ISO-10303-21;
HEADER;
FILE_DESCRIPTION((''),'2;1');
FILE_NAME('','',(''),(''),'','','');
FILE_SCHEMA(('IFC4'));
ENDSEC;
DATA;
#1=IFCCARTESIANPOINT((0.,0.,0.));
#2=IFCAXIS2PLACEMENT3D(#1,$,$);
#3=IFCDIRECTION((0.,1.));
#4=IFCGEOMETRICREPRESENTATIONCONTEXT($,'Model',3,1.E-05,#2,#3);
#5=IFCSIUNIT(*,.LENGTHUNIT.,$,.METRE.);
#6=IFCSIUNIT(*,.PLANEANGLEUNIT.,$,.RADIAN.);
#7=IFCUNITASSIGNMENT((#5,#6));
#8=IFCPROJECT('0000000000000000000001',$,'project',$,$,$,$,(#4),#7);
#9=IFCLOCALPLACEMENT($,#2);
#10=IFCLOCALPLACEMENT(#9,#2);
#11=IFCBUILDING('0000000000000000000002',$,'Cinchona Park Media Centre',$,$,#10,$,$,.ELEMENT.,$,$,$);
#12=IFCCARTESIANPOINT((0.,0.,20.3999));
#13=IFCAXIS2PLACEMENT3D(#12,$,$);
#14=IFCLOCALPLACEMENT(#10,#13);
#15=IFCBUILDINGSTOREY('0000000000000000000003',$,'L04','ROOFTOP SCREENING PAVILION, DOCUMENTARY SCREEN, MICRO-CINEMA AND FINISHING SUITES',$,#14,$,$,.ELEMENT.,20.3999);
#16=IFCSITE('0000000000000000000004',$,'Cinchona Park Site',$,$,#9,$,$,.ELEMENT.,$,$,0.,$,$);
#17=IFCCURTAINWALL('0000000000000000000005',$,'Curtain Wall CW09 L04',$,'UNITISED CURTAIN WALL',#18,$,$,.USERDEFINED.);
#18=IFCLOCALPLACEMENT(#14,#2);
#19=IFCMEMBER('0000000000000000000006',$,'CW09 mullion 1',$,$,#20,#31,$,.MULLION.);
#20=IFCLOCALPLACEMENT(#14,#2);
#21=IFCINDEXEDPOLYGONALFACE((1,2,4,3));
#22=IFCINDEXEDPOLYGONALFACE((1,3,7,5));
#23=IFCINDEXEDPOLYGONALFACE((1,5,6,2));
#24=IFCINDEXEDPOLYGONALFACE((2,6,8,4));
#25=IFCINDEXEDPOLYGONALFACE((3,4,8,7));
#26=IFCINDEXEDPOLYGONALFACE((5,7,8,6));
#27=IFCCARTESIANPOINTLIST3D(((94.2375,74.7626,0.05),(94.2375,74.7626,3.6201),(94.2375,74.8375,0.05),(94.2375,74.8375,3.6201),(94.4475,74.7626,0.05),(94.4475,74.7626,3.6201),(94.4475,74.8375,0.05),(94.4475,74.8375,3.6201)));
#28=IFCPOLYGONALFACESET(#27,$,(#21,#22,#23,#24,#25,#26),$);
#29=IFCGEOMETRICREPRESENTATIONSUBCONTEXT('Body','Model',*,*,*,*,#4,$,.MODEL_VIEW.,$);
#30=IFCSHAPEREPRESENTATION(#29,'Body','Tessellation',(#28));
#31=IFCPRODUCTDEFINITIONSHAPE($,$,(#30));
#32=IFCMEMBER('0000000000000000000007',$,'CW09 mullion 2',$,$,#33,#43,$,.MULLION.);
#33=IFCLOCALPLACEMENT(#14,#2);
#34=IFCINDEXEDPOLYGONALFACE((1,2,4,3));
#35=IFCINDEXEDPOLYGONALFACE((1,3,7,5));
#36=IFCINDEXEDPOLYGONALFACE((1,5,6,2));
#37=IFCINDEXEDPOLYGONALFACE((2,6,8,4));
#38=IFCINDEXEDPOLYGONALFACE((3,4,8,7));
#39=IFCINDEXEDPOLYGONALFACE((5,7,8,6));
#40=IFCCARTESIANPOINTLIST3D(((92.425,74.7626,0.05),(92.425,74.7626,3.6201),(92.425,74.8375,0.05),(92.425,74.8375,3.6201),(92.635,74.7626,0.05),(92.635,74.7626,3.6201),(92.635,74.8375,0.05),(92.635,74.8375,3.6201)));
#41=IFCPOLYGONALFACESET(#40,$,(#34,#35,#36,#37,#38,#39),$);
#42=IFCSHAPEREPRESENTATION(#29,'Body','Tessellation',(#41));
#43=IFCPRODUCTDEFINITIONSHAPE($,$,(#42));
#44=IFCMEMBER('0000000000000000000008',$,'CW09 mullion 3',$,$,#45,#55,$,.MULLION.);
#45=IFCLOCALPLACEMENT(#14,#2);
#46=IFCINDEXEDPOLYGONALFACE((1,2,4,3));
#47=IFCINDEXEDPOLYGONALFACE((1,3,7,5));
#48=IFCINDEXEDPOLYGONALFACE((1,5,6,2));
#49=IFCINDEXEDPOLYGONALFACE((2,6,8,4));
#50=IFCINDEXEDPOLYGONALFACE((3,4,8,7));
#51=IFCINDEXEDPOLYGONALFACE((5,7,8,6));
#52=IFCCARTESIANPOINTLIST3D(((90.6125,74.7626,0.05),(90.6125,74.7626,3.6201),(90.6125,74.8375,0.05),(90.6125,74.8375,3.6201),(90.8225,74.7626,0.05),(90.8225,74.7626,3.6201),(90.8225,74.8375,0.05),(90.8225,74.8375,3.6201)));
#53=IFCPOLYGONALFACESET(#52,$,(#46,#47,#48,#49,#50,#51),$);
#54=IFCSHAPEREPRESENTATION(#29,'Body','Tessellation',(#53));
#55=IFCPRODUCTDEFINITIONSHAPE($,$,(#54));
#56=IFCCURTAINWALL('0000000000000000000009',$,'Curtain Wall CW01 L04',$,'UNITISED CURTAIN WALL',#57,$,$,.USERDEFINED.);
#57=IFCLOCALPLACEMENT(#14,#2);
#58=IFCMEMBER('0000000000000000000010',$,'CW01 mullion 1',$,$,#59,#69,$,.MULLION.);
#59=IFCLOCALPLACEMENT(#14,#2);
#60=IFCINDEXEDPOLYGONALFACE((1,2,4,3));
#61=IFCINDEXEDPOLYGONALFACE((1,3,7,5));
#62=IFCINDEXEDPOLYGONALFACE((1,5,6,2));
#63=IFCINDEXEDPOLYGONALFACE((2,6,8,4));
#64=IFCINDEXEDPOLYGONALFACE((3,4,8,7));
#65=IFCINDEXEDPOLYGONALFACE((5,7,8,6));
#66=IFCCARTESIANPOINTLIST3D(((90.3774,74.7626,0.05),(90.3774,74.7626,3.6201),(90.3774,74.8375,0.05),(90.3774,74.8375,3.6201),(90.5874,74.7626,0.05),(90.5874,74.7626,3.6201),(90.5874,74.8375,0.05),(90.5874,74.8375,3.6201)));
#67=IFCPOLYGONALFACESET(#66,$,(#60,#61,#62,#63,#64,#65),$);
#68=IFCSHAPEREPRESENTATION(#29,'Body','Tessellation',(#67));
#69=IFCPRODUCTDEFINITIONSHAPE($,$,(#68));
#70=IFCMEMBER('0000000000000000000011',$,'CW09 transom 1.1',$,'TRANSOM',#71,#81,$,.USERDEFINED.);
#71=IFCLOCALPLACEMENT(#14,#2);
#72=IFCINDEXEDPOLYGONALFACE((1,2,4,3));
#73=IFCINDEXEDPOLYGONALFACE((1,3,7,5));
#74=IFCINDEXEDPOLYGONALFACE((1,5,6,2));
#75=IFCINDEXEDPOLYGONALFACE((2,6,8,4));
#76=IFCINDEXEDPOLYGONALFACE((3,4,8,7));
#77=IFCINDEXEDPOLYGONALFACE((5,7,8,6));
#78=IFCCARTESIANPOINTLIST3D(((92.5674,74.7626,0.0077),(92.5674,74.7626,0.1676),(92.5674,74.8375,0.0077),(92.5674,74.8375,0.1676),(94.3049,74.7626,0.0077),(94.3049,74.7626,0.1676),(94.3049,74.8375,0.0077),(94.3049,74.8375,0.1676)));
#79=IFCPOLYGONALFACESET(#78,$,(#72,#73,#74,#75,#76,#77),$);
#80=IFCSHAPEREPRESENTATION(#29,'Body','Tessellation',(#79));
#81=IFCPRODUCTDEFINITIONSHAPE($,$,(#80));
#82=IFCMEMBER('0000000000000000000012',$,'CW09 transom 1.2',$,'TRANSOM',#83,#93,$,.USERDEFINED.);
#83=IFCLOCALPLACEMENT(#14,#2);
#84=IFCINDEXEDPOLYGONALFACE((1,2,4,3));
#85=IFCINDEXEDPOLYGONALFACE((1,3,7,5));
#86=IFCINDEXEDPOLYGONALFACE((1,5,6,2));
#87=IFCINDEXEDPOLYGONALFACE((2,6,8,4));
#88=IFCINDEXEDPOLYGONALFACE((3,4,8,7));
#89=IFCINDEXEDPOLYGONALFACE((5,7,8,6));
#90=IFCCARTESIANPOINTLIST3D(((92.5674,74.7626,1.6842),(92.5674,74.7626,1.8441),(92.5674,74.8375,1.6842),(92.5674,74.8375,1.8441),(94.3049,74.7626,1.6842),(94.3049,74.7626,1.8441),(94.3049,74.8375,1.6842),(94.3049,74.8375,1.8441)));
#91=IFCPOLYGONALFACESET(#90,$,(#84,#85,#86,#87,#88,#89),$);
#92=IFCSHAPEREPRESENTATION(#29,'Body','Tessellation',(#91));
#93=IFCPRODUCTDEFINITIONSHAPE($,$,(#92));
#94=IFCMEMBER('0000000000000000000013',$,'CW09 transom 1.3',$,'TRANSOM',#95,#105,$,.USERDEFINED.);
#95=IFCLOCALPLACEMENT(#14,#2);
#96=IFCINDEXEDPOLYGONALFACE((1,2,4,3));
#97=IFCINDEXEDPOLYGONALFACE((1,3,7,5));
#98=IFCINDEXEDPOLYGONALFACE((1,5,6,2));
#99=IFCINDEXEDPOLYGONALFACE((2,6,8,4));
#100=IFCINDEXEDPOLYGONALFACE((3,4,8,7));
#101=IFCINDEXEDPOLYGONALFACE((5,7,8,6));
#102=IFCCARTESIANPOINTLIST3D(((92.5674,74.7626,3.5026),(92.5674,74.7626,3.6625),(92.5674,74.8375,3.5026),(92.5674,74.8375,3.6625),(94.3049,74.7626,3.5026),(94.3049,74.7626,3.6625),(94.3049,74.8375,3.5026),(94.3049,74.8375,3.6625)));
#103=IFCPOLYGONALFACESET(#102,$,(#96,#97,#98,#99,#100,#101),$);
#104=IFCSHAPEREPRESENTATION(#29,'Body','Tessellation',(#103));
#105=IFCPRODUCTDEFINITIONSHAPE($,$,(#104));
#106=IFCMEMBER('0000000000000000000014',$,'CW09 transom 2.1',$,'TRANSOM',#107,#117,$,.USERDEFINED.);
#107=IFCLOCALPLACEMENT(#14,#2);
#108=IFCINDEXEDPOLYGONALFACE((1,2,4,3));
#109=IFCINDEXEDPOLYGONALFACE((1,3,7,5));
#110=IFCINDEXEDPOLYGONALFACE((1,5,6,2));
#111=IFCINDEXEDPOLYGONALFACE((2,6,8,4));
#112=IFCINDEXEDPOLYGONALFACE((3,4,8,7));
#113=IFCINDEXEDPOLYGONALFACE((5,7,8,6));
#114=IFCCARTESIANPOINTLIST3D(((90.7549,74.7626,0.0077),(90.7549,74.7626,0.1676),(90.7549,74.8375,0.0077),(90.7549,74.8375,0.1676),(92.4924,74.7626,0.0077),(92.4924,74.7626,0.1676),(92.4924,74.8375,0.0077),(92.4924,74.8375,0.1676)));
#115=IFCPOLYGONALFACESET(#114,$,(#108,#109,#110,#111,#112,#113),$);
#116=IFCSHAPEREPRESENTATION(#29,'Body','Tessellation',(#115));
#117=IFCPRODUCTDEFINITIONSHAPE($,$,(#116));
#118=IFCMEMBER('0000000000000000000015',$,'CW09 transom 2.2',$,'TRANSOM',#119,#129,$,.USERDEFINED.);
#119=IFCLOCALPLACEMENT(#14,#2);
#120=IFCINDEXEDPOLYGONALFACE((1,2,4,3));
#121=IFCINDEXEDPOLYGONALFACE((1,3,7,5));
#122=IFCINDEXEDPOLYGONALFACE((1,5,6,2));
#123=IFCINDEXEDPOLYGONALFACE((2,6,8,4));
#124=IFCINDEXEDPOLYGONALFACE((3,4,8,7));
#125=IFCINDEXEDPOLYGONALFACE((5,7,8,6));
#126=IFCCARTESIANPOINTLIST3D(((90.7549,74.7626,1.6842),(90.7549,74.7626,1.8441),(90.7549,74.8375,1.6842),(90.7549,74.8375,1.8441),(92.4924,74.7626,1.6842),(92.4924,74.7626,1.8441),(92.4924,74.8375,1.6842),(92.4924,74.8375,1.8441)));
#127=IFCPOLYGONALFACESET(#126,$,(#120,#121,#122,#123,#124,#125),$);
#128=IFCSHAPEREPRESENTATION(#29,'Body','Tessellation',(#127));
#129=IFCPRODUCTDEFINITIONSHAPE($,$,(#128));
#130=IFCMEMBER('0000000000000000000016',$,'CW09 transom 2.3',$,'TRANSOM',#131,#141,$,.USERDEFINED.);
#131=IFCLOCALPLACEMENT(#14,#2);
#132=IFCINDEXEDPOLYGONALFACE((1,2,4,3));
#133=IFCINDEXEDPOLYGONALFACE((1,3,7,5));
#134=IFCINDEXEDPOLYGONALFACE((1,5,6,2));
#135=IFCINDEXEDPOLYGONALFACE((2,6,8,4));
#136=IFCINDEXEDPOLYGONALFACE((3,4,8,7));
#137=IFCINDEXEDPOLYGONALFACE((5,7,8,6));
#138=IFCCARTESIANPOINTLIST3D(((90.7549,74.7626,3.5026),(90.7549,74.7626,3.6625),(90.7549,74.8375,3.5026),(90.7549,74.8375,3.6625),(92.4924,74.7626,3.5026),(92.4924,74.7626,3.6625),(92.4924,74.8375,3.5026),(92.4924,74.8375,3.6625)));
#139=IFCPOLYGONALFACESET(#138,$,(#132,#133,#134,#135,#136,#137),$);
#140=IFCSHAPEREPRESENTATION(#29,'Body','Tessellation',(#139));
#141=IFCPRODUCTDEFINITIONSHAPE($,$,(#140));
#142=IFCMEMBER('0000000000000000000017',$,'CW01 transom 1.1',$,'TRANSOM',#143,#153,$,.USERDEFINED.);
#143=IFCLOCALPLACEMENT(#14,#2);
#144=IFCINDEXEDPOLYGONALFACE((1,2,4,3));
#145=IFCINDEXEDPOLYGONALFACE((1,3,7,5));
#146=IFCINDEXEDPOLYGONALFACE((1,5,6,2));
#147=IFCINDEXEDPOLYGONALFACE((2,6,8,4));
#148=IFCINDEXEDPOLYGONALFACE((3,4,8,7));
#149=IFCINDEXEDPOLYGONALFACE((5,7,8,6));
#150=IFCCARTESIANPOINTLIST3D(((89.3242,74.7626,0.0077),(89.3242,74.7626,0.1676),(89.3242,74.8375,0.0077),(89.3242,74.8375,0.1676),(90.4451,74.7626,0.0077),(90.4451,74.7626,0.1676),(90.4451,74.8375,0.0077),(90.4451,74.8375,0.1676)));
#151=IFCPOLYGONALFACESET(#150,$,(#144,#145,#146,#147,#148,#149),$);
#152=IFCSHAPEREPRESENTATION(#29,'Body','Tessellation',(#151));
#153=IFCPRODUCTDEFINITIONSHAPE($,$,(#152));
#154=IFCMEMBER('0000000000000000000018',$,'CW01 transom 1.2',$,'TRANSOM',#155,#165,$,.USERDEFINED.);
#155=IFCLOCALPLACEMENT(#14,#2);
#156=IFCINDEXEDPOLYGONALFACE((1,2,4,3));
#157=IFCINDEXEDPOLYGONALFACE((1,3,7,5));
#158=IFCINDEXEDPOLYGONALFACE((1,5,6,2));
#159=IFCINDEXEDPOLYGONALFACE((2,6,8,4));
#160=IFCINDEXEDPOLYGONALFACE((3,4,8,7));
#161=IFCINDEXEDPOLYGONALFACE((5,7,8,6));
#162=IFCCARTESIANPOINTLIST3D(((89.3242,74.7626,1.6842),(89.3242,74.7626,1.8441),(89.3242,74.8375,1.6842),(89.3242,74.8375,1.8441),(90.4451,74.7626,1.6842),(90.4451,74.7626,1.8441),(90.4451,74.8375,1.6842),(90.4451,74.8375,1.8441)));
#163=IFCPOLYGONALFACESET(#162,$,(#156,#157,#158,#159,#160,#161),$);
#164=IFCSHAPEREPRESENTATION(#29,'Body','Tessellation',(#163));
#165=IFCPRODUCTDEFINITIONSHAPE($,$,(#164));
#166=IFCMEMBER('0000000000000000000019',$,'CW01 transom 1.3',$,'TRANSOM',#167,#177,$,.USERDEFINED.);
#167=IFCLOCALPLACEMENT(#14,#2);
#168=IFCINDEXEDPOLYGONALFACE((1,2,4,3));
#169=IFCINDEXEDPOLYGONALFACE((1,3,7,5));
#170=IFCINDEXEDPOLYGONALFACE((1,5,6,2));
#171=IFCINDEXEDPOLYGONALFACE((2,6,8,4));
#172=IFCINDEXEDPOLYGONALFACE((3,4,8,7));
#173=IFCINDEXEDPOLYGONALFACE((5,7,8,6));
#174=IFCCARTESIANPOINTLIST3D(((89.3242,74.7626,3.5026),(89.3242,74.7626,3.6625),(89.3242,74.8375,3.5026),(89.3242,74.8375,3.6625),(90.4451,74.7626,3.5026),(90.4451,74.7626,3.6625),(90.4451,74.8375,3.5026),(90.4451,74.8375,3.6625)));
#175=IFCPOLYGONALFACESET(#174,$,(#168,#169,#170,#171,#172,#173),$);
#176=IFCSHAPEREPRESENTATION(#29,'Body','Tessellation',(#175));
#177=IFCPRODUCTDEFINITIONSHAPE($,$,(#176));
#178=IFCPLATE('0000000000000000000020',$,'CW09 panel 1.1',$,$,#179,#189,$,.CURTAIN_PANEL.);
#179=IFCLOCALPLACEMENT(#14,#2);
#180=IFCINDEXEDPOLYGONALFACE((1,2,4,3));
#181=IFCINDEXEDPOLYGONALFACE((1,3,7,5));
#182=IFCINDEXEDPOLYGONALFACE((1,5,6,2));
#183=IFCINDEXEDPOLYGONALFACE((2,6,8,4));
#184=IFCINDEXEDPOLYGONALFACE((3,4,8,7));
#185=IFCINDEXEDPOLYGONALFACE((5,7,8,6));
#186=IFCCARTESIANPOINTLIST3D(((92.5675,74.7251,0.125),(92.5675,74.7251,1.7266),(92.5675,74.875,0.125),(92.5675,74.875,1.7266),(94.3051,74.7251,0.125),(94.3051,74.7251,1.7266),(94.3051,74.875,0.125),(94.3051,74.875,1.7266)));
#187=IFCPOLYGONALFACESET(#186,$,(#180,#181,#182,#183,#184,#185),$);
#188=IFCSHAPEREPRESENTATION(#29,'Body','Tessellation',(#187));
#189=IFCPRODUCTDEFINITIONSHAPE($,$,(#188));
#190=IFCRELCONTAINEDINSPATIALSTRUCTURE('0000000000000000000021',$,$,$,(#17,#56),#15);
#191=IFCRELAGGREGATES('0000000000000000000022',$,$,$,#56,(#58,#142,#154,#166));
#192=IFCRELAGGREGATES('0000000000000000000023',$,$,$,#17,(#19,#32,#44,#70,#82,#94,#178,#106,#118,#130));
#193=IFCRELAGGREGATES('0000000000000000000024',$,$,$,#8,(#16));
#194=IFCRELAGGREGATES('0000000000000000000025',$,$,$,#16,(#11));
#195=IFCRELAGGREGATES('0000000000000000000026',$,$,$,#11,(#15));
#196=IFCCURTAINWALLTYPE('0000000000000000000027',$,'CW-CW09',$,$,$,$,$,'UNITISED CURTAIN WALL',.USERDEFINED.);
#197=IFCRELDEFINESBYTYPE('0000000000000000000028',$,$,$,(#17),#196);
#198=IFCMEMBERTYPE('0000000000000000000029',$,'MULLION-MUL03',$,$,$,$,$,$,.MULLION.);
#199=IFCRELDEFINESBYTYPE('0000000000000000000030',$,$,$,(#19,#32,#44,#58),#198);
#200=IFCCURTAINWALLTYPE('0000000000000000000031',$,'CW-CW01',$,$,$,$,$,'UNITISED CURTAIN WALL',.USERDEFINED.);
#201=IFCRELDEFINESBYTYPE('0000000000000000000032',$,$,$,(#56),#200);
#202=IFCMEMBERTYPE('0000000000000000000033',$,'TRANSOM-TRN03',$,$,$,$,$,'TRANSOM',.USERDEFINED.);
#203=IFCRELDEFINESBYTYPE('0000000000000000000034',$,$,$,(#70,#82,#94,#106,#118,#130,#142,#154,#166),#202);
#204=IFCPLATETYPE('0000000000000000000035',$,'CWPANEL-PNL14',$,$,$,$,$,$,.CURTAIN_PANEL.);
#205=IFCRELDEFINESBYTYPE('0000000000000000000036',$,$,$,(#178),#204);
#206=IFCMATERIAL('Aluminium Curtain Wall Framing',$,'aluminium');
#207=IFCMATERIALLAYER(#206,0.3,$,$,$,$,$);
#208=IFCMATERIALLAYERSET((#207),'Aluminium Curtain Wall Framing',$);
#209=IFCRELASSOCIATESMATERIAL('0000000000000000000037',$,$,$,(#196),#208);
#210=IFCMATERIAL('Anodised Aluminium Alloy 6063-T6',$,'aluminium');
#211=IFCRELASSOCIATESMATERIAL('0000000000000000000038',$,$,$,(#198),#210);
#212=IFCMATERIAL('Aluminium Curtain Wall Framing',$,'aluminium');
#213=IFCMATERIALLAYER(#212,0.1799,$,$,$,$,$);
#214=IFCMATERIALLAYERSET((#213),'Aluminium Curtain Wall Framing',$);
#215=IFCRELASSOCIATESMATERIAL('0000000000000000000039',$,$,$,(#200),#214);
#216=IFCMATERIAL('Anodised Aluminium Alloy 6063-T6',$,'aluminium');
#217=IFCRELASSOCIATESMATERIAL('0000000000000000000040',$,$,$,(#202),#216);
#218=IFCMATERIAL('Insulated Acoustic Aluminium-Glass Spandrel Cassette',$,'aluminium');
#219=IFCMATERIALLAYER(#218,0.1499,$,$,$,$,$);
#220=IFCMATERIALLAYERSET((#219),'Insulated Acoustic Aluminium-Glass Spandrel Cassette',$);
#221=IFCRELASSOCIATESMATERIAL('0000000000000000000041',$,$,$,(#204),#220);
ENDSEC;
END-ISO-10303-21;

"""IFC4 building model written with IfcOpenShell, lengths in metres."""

from ifc_helpers import new_model, si_unit, direction, frame, origin, origin_2d, place, context, subcontext, project, spatial, rectangle, extrude, material, layer, layer_set, material_profile, profile_set, type_object, element, aggregate, save


model = new_model("IFC4")

# Units and contexts
model_context = context("Model", 3, precision=1e-05, world=origin(), true_north=direction((0.0, 1.0)))
body_context = subcontext(model_context, "Body", "Model", "MODEL_VIEW")
ifc_project = project(units=[si_unit("LENGTHUNIT", "METRE"), si_unit("PLANEANGLEUNIT", "RADIAN")], contexts=[model_context])

# Site, building, storey
site_placement = place(None, origin())
site = spatial("IfcSite", under=ifc_project, at=site_placement, Name="Cinchona Park Site", CompositionType="ELEMENT", RefElevation=0.0)
building_placement = place(site_placement, origin())
building = spatial("IfcBuilding", under=site, at=building_placement, Name="Cinchona Park Media Centre", CompositionType="ELEMENT")
storey_placement = place(building_placement, frame((0.0, 0.0, 20.3999)))
storey = spatial("IfcBuildingStorey", under=building, at=storey_placement, Name="L04", Description="ROOFTOP SCREENING PAVILION, DOCUMENTARY SCREEN, MICRO-CINEMA AND FINISHING SUITES", CompositionType="ELEMENT", Elevation=20.3999)

# Curtain wall, members
ifc_material_1 = material(Name="Aluminium Curtain Wall Framing", Category="aluminium")
ifc_layer_1 = layer(ifc_material_1, 0.3)
ifc_layer_set_1 = layer_set([ifc_layer_1], Name="Aluminium Curtain Wall Framing")
curtain_wall_type_1 = type_object("IfcCurtainWallType", Name="CW-CW09", ElementType="UNITISED CURTAIN WALL", PredefinedType="USERDEFINED", material=ifc_layer_set_1)
curtain_wall_1_placement = place(storey_placement, origin())
curtain_wall_1 = element("IfcCurtainWall", 1, at=curtain_wall_1_placement, inside=storey, type_object=curtain_wall_type_1, Name="Curtain Wall CW09 L04", ObjectType="UNITISED CURTAIN WALL", PredefinedType="USERDEFINED")
ifc_material_2 = material(Name="Anodised Aluminium Alloy 6063-T6", Category="aluminium")
ifc_material_profile_1 = material_profile(ifc_material_2, rectangle(XDim=0.075, YDim=0.21, at=origin_2d()), Name="MUL-75X210")
ifc_profile_set_1 = profile_set([ifc_material_profile_1], Name="Anodised Aluminium Alloy 6063-T6")
member_type_1 = type_object("IfcMemberType", Name="MULLION-MUL03", PredefinedType="MULLION", material=ifc_profile_set_1)
member_1_placement = place(storey_placement, frame((94.3425, 74.8, 0.05), z_axis=(0.0, 0.0, 1.0), x_axis=(0.0, -1.0, 0.0)))
member_1 = element("IfcMember", 2, at=member_1_placement, type_object=member_type_1, Name="CW09 mullion 1", PredefinedType="MULLION", context=body_context, shape_type="SweptSolid", body=[
    extrude(rectangle(XDim=0.075, YDim=0.21, at=origin_2d()), origin(), (0.0, 0.0, 1.0), 3.5701),
])
member_2_placement = place(storey_placement, frame((92.53, 74.8, 0.05), z_axis=(0.0, 0.0, 1.0), x_axis=(0.0, -1.0, 0.0)))
member_2 = element("IfcMember", 3, at=member_2_placement, type_object=member_type_1, Name="CW09 mullion 2", PredefinedType="MULLION", context=body_context, shape_type="SweptSolid", body=[
    extrude(rectangle(XDim=0.075, YDim=0.21, at=origin_2d()), origin(), (0.0, 0.0, 1.0), 3.5701),
])
member_3_placement = place(storey_placement, frame((90.7175, 74.8, 0.05), z_axis=(0.0, 0.0, 1.0), x_axis=(0.0, -1.0, 0.0)))
member_3 = element("IfcMember", 4, at=member_3_placement, type_object=member_type_1, Name="CW09 mullion 3", PredefinedType="MULLION", context=body_context, shape_type="SweptSolid", body=[
    extrude(rectangle(XDim=0.075, YDim=0.21, at=origin_2d()), origin(), (0.0, 0.0, 1.0), 3.5701),
])

# Curtain wall, member
ifc_material_3 = material(Name="Aluminium Curtain Wall Framing", Category="aluminium")
ifc_layer_2 = layer(ifc_material_3, 0.1799)
ifc_layer_set_2 = layer_set([ifc_layer_2], Name="Aluminium Curtain Wall Framing")
curtain_wall_type_2 = type_object("IfcCurtainWallType", Name="CW-CW01", ElementType="UNITISED CURTAIN WALL", PredefinedType="USERDEFINED", material=ifc_layer_set_2)
curtain_wall_2_placement = place(storey_placement, origin())
curtain_wall_2 = element("IfcCurtainWall", 5, at=curtain_wall_2_placement, inside=storey, type_object=curtain_wall_type_2, Name="Curtain Wall CW01 L04", ObjectType="UNITISED CURTAIN WALL", PredefinedType="USERDEFINED")
member_4_placement = place(storey_placement, frame((90.4824, 74.8, 0.05), z_axis=(0.0, 0.0, 1.0), x_axis=(0.0, -1.0, 0.0)))
member_4 = element("IfcMember", 6, at=member_4_placement, type_object=member_type_1, Name="CW01 mullion 1", PredefinedType="MULLION", context=body_context, shape_type="SweptSolid", body=[
    extrude(rectangle(XDim=0.075, YDim=0.21, at=origin_2d()), origin(), (0.0, 0.0, 1.0), 3.5701),
])

# Members
ifc_material_4 = material(Name="Anodised Aluminium Alloy 6063-T6", Category="aluminium")
ifc_material_profile_2 = material_profile(ifc_material_4, rectangle(XDim=0.075, YDim=0.1599, at=origin_2d()), Name="TRN-75X160")
ifc_profile_set_2 = profile_set([ifc_material_profile_2], Name="Anodised Aluminium Alloy 6063-T6")
member_type_2 = type_object("IfcMemberType", Name="TRANSOM-TRN03", ElementType="TRANSOM", PredefinedType="USERDEFINED", material=ifc_profile_set_2)
member_5_placement = place(storey_placement, frame((94.3049, 74.8, 0.0876), z_axis=(-1.0, 0.0, 0.0), x_axis=(0.0, -1.0, 0.0)))
member_5 = element("IfcMember", 7, at=member_5_placement, type_object=member_type_2, Name="CW09 transom 1.1", ObjectType="TRANSOM", PredefinedType="USERDEFINED", context=body_context, shape_type="SweptSolid", body=[
    extrude(rectangle(XDim=0.075, YDim=0.1599, at=origin_2d()), origin(), (0.0, 0.0, 1.0), 1.7375),
])
member_6_placement = place(storey_placement, frame((94.3049, 74.8, 1.7642), z_axis=(-1.0, 0.0, 0.0), x_axis=(0.0, -1.0, 0.0)))
member_6 = element("IfcMember", 8, at=member_6_placement, type_object=member_type_2, Name="CW09 transom 1.2", ObjectType="TRANSOM", PredefinedType="USERDEFINED", context=body_context, shape_type="SweptSolid", body=[
    extrude(rectangle(XDim=0.075, YDim=0.1599, at=origin_2d()), origin(), (0.0, 0.0, 1.0), 1.7375),
])
member_7_placement = place(storey_placement, frame((94.3049, 74.8, 3.5825), z_axis=(-1.0, 0.0, 0.0), x_axis=(0.0, -1.0, 0.0)))
member_7 = element("IfcMember", 9, at=member_7_placement, type_object=member_type_2, Name="CW09 transom 1.3", ObjectType="TRANSOM", PredefinedType="USERDEFINED", context=body_context, shape_type="SweptSolid", body=[
    extrude(rectangle(XDim=0.075, YDim=0.1599, at=origin_2d()), origin(), (0.0, 0.0, 1.0), 1.7375),
])
member_8_placement = place(storey_placement, frame((92.4924, 74.8, 0.0876), z_axis=(-1.0, 0.0, 0.0), x_axis=(0.0, -1.0, 0.0)))
member_8 = element("IfcMember", 10, at=member_8_placement, type_object=member_type_2, Name="CW09 transom 2.1", ObjectType="TRANSOM", PredefinedType="USERDEFINED", context=body_context, shape_type="SweptSolid", body=[
    extrude(rectangle(XDim=0.075, YDim=0.1599, at=origin_2d()), origin(), (0.0, 0.0, 1.0), 1.7375),
])
member_9_placement = place(storey_placement, frame((92.4924, 74.8, 1.7642), z_axis=(-1.0, 0.0, 0.0), x_axis=(0.0, -1.0, 0.0)))
member_9 = element("IfcMember", 11, at=member_9_placement, type_object=member_type_2, Name="CW09 transom 2.2", ObjectType="TRANSOM", PredefinedType="USERDEFINED", context=body_context, shape_type="SweptSolid", body=[
    extrude(rectangle(XDim=0.075, YDim=0.1599, at=origin_2d()), origin(), (0.0, 0.0, 1.0), 1.7375),
])
member_10_placement = place(storey_placement, frame((92.4924, 74.8, 3.5825), z_axis=(-1.0, 0.0, 0.0), x_axis=(0.0, -1.0, 0.0)))
member_10 = element("IfcMember", 12, at=member_10_placement, type_object=member_type_2, Name="CW09 transom 2.3", ObjectType="TRANSOM", PredefinedType="USERDEFINED", context=body_context, shape_type="SweptSolid", body=[
    extrude(rectangle(XDim=0.075, YDim=0.1599, at=origin_2d()), origin(), (0.0, 0.0, 1.0), 1.7375),
])
member_11_placement = place(storey_placement, frame((90.4451, 74.8, 0.0876), z_axis=(-1.0, 0.0, 0.0), x_axis=(0.0, -1.0, 0.0)))
member_11 = element("IfcMember", 13, at=member_11_placement, type_object=member_type_2, Name="CW01 transom 1.1", ObjectType="TRANSOM", PredefinedType="USERDEFINED", context=body_context, shape_type="SweptSolid", body=[
    extrude(rectangle(XDim=0.075, YDim=0.1599, at=origin_2d()), origin(), (0.0, 0.0, 1.0), 1.1208),
])
member_12_placement = place(storey_placement, frame((90.4451, 74.8, 1.7642), z_axis=(-1.0, 0.0, 0.0), x_axis=(0.0, -1.0, 0.0)))
member_12 = element("IfcMember", 14, at=member_12_placement, type_object=member_type_2, Name="CW01 transom 1.2", ObjectType="TRANSOM", PredefinedType="USERDEFINED", context=body_context, shape_type="SweptSolid", body=[
    extrude(rectangle(XDim=0.075, YDim=0.1599, at=origin_2d()), origin(), (0.0, 0.0, 1.0), 1.1208),
])
member_13_placement = place(storey_placement, frame((90.4451, 74.8, 3.5825), z_axis=(-1.0, 0.0, 0.0), x_axis=(0.0, -1.0, 0.0)))
member_13 = element("IfcMember", 15, at=member_13_placement, type_object=member_type_2, Name="CW01 transom 1.3", ObjectType="TRANSOM", PredefinedType="USERDEFINED", context=body_context, shape_type="SweptSolid", body=[
    extrude(rectangle(XDim=0.075, YDim=0.1599, at=origin_2d()), origin(), (0.0, 0.0, 1.0), 1.1208),
])
aggregate(curtain_wall_2, [member_4, member_11, member_12, member_13])

# Plate
ifc_material_5 = material(Name="Insulated Acoustic Aluminium-Glass Spandrel Cassette", Category="aluminium")
ifc_layer_3 = layer(ifc_material_5, 0.1499)
ifc_layer_set_3 = layer_set([ifc_layer_3], Name="Insulated Acoustic Aluminium-Glass Spandrel Cassette")
plate_type = type_object("IfcPlateType", Name="CWPANEL-PNL14", PredefinedType="CURTAIN_PANEL", material=ifc_layer_set_3)
plate_1_placement = place(storey_placement, frame((93.4363, 74.8, 0.125), z_axis=(0.0, 0.0, 1.0), x_axis=(-1.0, 0.0, 0.0)))
plate_1 = element("IfcPlate", 16, at=plate_1_placement, type_object=plate_type, Name="CW09 panel 1.1", PredefinedType="CURTAIN_PANEL", context=body_context, shape_type="SweptSolid", body=[
    extrude(rectangle(XDim=1.7375, YDim=0.1499, at=origin_2d()), origin(), (0.0, 0.0, 1.0), 1.6016),
])
aggregate(curtain_wall_1, [member_1, member_2, member_3, member_5, member_6, member_7, plate_1, member_8, member_9, member_10])

save(model, "model.ifc")
